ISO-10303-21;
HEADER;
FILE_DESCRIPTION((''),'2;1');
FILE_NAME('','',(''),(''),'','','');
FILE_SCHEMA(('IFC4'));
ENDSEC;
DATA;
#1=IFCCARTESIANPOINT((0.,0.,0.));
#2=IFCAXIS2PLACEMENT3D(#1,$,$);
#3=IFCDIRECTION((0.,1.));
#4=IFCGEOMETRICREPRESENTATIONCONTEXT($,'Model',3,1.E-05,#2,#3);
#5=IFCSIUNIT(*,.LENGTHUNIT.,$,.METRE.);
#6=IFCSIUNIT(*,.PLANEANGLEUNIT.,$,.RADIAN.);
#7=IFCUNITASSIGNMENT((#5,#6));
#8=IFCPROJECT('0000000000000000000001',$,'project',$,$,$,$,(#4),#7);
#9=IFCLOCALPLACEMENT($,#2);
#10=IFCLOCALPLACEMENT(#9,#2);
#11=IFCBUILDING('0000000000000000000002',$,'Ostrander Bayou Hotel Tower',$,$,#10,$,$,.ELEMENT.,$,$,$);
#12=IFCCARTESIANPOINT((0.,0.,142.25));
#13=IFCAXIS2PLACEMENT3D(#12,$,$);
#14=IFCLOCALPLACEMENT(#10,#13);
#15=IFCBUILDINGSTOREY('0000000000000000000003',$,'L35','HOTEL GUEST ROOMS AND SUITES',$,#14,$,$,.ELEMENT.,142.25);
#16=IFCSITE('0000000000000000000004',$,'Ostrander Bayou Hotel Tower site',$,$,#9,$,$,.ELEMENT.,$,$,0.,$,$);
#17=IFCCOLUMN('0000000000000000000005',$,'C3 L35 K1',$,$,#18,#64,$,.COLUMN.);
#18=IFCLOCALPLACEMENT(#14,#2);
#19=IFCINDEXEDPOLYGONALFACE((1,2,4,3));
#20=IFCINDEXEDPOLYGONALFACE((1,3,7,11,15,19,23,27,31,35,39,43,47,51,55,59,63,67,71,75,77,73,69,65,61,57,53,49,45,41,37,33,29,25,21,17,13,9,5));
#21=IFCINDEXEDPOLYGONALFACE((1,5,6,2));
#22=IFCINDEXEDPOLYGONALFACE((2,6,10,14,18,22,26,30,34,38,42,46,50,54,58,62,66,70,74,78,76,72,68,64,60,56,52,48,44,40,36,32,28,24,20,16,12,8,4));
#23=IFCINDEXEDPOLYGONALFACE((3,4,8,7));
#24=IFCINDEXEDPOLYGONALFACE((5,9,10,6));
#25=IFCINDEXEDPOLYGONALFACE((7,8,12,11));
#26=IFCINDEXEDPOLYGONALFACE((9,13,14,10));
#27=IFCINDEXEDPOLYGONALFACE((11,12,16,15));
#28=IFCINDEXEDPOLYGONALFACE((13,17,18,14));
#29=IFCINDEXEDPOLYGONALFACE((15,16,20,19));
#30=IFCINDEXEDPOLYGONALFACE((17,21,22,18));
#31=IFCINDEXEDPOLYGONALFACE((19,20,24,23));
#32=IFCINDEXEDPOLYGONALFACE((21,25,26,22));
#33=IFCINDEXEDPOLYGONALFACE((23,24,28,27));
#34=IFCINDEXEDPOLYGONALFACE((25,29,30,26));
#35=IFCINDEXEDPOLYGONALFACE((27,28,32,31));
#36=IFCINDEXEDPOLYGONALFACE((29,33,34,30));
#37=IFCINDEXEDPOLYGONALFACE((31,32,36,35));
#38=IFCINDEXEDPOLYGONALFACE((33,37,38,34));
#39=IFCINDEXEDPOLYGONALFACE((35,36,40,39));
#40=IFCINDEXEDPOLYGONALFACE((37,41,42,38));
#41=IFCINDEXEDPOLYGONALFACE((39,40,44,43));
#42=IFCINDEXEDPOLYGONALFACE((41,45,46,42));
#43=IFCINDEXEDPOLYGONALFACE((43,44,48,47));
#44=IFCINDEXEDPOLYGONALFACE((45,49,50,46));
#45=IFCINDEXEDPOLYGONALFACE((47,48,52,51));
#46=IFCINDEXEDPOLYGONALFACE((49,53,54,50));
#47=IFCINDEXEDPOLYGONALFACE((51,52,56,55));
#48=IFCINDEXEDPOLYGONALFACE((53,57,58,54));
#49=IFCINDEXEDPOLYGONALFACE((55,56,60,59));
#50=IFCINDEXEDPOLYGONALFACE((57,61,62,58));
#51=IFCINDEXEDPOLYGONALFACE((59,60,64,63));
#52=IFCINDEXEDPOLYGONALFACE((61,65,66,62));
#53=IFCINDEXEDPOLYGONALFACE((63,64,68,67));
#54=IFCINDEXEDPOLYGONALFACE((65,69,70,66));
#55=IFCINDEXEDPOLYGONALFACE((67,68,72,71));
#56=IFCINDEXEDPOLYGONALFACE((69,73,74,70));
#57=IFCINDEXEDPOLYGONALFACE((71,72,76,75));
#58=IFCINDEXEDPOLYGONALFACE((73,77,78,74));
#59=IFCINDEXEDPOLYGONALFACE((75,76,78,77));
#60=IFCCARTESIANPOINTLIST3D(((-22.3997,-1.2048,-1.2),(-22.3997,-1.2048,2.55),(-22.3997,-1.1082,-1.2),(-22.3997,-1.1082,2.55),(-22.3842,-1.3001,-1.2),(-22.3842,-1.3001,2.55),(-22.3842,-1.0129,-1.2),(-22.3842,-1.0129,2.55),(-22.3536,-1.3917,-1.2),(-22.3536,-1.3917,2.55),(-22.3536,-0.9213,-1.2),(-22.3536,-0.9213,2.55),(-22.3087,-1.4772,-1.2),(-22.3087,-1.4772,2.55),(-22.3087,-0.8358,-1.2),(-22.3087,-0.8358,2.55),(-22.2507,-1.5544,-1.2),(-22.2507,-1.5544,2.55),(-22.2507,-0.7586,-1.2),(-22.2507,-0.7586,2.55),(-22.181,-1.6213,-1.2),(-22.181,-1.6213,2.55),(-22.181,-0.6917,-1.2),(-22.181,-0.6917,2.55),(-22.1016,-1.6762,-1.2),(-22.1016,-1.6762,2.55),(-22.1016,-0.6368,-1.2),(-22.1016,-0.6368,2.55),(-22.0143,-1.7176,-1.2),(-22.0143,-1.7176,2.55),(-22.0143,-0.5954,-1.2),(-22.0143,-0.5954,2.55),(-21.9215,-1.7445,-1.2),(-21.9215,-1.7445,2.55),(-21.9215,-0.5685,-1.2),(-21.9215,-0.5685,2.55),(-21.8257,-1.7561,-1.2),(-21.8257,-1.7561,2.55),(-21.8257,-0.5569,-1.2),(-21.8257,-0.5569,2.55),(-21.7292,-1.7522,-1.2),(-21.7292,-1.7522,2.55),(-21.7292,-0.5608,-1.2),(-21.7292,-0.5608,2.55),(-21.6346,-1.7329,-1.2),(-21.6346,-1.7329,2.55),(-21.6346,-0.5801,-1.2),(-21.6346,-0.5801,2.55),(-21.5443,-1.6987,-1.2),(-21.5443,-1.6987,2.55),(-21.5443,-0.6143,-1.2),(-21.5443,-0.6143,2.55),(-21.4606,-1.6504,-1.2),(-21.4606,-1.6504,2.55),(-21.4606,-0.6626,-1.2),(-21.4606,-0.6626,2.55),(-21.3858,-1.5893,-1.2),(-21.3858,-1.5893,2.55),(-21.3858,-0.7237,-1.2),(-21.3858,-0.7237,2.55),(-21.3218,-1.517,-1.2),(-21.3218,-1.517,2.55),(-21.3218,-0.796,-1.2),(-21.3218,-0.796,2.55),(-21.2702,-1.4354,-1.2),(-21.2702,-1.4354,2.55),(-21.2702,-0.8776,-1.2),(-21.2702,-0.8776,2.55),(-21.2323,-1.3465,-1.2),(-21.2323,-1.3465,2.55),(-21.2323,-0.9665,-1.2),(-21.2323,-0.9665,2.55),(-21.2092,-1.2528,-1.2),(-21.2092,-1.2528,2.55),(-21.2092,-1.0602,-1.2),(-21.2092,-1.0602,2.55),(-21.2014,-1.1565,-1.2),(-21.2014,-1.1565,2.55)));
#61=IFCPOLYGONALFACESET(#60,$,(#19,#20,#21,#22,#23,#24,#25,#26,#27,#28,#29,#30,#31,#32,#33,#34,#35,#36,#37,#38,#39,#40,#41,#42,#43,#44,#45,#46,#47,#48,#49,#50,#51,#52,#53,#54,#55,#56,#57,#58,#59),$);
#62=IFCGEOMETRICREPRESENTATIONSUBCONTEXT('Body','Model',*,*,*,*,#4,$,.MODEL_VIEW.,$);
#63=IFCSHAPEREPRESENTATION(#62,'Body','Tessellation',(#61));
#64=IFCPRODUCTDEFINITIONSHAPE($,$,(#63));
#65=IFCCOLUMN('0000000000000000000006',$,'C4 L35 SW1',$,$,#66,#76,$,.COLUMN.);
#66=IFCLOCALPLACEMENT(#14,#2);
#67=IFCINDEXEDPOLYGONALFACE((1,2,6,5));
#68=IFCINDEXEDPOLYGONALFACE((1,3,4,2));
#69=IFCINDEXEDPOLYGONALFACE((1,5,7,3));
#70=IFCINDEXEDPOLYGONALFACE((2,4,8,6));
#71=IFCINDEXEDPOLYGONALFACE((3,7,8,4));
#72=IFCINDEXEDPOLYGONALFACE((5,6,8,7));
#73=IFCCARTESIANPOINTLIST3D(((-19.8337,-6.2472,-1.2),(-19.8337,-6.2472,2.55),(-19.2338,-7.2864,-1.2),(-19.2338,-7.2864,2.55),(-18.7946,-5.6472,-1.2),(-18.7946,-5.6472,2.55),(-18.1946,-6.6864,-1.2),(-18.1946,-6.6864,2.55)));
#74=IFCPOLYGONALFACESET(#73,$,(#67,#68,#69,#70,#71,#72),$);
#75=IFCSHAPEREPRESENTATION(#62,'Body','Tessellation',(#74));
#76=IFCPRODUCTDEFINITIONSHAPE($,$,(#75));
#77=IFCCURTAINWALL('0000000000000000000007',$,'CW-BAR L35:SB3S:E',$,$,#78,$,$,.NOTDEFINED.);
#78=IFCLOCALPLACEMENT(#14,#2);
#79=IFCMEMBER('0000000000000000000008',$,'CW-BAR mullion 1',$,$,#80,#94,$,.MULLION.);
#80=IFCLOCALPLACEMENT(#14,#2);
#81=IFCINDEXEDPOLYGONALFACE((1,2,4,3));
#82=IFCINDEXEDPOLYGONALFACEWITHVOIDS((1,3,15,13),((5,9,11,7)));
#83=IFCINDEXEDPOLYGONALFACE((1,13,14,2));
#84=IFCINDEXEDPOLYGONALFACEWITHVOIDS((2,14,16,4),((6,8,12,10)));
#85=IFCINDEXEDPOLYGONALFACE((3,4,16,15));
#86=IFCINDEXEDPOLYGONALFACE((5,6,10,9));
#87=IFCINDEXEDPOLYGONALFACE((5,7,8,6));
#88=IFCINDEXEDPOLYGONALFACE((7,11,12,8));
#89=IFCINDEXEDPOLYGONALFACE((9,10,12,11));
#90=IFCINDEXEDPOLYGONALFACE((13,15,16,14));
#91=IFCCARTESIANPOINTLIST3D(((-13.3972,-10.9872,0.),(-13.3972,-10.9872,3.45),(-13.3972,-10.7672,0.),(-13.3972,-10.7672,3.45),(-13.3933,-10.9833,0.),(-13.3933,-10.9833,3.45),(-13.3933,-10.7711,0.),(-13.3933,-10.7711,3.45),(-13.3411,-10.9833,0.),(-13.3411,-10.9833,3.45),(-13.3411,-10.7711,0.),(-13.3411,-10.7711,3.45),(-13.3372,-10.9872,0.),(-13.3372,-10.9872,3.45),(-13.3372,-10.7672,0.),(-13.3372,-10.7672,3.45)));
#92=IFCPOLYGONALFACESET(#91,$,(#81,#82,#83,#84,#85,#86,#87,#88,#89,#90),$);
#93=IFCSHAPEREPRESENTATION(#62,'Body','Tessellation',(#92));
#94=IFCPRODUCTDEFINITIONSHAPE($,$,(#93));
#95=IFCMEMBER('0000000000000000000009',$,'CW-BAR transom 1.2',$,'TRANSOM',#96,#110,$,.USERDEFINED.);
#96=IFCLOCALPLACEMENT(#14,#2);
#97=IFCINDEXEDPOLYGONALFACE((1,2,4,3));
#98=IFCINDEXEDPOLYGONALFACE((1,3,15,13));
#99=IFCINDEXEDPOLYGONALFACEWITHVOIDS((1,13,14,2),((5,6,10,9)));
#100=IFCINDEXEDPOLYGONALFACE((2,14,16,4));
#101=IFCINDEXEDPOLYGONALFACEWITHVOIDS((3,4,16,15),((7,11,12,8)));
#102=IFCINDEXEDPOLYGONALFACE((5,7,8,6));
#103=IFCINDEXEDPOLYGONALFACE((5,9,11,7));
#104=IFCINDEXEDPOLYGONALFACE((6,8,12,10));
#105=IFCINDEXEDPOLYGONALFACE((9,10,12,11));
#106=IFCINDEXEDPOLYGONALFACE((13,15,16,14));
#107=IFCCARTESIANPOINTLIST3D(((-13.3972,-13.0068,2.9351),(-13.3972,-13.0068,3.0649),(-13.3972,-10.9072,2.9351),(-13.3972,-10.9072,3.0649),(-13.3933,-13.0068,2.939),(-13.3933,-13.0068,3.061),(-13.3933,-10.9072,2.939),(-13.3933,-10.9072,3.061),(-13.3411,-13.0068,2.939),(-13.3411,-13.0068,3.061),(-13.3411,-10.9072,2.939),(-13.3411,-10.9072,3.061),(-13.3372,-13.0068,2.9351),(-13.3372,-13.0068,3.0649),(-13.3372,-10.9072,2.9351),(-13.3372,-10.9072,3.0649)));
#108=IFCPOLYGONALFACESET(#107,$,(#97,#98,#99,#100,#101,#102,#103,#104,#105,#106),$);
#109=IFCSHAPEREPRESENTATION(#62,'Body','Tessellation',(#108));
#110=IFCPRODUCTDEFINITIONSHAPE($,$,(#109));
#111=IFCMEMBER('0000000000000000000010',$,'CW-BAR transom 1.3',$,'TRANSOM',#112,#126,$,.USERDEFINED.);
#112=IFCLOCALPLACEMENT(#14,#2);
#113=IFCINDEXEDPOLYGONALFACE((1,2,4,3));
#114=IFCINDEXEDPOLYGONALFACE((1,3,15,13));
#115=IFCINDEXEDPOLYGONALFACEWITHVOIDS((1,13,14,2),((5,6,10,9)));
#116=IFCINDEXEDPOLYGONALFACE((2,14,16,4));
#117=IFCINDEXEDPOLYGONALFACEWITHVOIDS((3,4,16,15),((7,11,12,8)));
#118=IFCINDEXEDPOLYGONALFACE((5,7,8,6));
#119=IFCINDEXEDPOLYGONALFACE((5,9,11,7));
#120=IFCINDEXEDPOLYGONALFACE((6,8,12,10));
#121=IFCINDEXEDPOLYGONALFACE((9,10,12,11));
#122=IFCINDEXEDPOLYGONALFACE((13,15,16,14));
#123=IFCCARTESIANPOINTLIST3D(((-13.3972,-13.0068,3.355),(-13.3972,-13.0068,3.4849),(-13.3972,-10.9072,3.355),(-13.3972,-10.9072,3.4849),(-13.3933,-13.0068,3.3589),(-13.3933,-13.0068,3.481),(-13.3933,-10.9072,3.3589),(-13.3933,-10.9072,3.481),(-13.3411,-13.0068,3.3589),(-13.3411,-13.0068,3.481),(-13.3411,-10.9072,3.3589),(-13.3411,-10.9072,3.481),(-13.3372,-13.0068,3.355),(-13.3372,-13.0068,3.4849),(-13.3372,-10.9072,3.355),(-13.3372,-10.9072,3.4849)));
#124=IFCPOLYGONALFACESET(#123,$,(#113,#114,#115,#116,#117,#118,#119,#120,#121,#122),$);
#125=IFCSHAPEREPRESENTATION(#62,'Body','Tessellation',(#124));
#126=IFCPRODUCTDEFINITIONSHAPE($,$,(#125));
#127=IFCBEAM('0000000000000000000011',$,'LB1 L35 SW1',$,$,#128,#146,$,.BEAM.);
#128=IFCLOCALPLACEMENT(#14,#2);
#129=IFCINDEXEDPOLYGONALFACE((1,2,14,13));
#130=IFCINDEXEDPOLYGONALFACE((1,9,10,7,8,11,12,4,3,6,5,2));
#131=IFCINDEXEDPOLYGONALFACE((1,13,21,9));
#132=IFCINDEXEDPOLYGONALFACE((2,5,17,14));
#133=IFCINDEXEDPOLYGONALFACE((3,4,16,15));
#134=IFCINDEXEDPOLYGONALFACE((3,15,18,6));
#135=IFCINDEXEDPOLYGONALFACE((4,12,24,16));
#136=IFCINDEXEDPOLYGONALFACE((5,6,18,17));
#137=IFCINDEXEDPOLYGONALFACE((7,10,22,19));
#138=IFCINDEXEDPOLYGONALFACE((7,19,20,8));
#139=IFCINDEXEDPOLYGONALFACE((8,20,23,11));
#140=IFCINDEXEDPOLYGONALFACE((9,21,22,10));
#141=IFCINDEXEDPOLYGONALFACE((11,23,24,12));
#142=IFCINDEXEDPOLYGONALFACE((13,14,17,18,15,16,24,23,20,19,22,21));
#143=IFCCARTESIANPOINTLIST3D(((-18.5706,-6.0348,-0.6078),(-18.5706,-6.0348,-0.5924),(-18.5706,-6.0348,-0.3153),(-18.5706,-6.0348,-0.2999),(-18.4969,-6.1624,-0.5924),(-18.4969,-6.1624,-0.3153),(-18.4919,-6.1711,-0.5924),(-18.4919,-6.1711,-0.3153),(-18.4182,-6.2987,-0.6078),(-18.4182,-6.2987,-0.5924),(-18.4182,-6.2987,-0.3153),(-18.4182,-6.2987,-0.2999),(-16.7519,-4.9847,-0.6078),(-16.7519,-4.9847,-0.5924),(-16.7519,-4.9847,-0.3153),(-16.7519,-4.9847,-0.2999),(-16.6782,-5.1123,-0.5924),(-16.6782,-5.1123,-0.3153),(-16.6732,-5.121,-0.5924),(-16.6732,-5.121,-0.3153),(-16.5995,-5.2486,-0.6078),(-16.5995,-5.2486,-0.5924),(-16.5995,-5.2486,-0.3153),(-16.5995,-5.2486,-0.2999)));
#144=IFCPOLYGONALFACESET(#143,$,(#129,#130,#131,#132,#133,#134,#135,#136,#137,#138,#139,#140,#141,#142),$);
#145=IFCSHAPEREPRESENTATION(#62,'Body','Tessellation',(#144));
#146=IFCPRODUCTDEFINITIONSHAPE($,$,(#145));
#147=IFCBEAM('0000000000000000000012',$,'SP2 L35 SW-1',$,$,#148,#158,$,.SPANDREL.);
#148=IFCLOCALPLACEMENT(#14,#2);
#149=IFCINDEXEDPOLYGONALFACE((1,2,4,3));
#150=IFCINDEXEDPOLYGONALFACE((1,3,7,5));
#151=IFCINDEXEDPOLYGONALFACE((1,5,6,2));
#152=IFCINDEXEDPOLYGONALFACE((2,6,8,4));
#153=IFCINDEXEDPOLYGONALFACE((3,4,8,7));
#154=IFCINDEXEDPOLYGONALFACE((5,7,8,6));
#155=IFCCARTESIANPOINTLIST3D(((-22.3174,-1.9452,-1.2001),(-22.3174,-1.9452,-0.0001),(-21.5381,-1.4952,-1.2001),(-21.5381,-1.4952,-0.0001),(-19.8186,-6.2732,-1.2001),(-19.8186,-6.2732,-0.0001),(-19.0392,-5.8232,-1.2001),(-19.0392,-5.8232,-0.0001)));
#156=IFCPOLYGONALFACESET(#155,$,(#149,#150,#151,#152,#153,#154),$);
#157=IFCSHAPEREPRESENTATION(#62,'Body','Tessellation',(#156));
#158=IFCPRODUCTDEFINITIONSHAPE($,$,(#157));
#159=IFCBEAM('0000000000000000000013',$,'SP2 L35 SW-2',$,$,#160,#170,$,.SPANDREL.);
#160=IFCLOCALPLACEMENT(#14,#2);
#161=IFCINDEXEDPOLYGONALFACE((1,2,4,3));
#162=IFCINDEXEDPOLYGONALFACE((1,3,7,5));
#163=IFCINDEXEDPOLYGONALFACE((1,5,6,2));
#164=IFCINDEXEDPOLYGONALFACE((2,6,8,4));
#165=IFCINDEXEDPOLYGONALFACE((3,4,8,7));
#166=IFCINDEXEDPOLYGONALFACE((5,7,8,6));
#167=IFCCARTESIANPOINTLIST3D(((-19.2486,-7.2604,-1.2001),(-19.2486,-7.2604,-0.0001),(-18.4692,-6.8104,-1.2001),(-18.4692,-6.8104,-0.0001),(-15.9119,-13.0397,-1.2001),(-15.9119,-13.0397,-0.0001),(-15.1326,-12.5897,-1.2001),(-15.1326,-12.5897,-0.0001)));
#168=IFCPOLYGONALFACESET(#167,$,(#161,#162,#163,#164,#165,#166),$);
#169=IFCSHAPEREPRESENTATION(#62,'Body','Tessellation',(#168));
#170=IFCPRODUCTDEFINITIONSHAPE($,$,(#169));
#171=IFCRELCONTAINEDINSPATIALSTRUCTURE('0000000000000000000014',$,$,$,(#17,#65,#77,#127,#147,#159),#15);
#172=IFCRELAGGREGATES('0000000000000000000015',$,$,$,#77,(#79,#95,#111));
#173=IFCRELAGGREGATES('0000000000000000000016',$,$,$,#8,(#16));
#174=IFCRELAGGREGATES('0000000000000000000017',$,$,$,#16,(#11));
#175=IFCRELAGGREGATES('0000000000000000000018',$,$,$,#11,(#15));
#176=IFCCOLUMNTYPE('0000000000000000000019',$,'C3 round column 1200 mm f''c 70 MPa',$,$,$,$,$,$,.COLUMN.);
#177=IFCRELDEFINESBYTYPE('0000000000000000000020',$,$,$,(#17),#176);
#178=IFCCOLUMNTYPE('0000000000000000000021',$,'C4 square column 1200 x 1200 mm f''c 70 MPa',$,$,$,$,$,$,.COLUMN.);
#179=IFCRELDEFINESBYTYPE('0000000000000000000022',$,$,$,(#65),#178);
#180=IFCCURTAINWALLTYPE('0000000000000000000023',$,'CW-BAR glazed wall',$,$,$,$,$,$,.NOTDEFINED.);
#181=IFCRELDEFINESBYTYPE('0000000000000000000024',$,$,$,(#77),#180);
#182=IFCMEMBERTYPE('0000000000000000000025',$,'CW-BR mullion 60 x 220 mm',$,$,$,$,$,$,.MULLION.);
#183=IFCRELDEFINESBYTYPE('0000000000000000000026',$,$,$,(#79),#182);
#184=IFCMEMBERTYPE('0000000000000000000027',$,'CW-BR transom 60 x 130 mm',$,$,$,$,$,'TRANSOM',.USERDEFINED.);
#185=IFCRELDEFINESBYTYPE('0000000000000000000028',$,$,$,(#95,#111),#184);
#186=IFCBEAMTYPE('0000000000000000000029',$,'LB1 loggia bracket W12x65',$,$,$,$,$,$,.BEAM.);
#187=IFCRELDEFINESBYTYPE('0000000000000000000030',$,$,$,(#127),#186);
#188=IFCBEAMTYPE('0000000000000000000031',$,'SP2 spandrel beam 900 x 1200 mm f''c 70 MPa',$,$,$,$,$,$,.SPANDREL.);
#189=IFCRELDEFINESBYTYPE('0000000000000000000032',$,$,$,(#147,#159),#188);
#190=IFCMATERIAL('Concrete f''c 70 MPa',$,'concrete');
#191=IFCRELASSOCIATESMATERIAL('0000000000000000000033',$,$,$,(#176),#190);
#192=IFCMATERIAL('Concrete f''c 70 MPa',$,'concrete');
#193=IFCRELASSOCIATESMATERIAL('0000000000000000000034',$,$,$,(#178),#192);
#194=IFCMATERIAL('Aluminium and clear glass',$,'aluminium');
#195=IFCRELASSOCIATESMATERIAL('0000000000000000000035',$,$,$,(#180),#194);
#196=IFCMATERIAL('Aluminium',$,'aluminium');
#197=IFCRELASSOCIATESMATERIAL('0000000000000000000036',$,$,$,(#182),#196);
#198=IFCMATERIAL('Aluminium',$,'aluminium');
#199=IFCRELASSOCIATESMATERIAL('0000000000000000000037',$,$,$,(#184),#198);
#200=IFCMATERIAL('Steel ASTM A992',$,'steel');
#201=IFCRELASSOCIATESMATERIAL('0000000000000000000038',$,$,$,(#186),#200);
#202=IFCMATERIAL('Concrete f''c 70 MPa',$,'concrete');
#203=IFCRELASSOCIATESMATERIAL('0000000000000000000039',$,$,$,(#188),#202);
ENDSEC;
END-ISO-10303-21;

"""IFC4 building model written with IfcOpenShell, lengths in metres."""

from ifc_helpers import new_model, si_unit, direction, frame, origin, origin_2d, place, context, subcontext, project, spatial, rectangle, hollow_rectangle, circle, i_section, extrude, material, material_profile, profile_set, type_object, element, aggregate, save


model = new_model("IFC4")

# Units and contexts
model_context = context("Model", 3, precision=1e-05, world=origin(), true_north=direction((0.0, 1.0)))
body_context = subcontext(model_context, "Body", "Model", "MODEL_VIEW")
ifc_project = project(units=[si_unit("LENGTHUNIT", "METRE"), si_unit("PLANEANGLEUNIT", "RADIAN")], contexts=[model_context])

# Site, building, storey
site_placement = place(None, origin())
site = spatial("IfcSite", under=ifc_project, at=site_placement, Name="Ostrander Bayou Hotel Tower site", CompositionType="ELEMENT", RefElevation=0.0)
building_placement = place(site_placement, origin())
building = spatial("IfcBuilding", under=site, at=building_placement, Name="Ostrander Bayou Hotel Tower", CompositionType="ELEMENT")
storey_placement = place(building_placement, frame((0.0, 0.0, 142.25)))
storey = spatial("IfcBuildingStorey", under=building, at=storey_placement, Name="L35", Description="HOTEL GUEST ROOMS AND SUITES", CompositionType="ELEMENT", Elevation=142.25)

# Columns
ifc_material_1 = material(Name="Concrete f'c 70 MPa", Category="concrete")
ifc_material_profile_1 = material_profile(ifc_material_1, circle(Radius=0.6001, at=origin_2d()))
ifc_profile_set_1 = profile_set([ifc_material_profile_1], Name="Concrete f'c 70 MPa")
column_type_1 = type_object("IfcColumnType", Name="C3 round column 1200 mm f'c 70 MPa", PredefinedType="COLUMN", material=ifc_profile_set_1)
column_1_placement = place(storey_placement, frame((-21.8015, -1.1565, -1.2), z_axis=(0.0, 0.0, 1.0), x_axis=(1.0, 0.0, 0.0)))
element("IfcColumn", 1, at=column_1_placement, inside=storey, type_object=column_type_1, Name="C3 L35 K1", PredefinedType="COLUMN", context=body_context, shape_type="SweptSolid", body=[
    extrude(circle(Radius=0.6001, at=origin_2d()), origin(), (0.0, 0.0, 1.0), 3.75),
])
ifc_material_2 = material(Name="Concrete f'c 70 MPa", Category="concrete")
ifc_material_profile_2 = material_profile(ifc_material_2, rectangle(XDim=1.2, YDim=1.2, at=origin_2d()))
ifc_profile_set_2 = profile_set([ifc_material_profile_2], Name="Concrete f'c 70 MPa")
column_type_2 = type_object("IfcColumnType", Name="C4 square column 1200 x 1200 mm f'c 70 MPa", PredefinedType="COLUMN", material=ifc_profile_set_2)
column_2_placement = place(storey_placement, frame((-19.0142, -6.4668, -1.2), z_axis=(0.0, 0.0, 1.0), x_axis=(-0.5, 0.866025, 0.0)))
element("IfcColumn", 2, at=column_2_placement, inside=storey, type_object=column_type_2, Name="C4 L35 SW1", PredefinedType="COLUMN", context=body_context, shape_type="SweptSolid", body=[
    extrude(rectangle(XDim=1.2, YDim=1.2, at=origin_2d()), origin(), (0.0, 0.0, 1.0), 3.75),
])

# Curtain wall, members
ifc_material_3 = material(Name="Aluminium and clear glass", Category="aluminium")
curtain_wall_type = type_object("IfcCurtainWallType", Name="CW-BAR glazed wall", PredefinedType="NOTDEFINED", material=ifc_material_3)
curtain_wall_placement = place(storey_placement, origin())
curtain_wall = element("IfcCurtainWall", 3, at=curtain_wall_placement, inside=storey, type_object=curtain_wall_type, Name="CW-BAR L35:SB3S:E", PredefinedType="NOTDEFINED")
ifc_material_4 = material(Name="Aluminium", Category="aluminium")
ifc_material_profile_3 = material_profile(ifc_material_4, hollow_rectangle(XDim=0.0601, YDim=0.22, WallThickness=0.0039, at=origin_2d()))
ifc_profile_set_3 = profile_set([ifc_material_profile_3], Name="Aluminium")
member_type_1 = type_object("IfcMemberType", Name="CW-BR mullion 60 x 220 mm", PredefinedType="MULLION", material=ifc_profile_set_3)
member_1_placement = place(storey_placement, frame((-13.3672, -10.8772, 0.0), z_axis=(0.0, 0.0, 1.0), x_axis=(1.0, 0.0, 0.0)))
member_1 = element("IfcMember", 4, at=member_1_placement, type_object=member_type_1, Name="CW-BAR mullion 1", PredefinedType="MULLION", context=body_context, shape_type="SweptSolid", body=[
    extrude(hollow_rectangle(XDim=0.0601, YDim=0.22, WallThickness=0.0039, at=origin_2d()), origin(), (0.0, 0.0, 1.0), 3.45),
])
ifc_material_5 = material(Name="Aluminium", Category="aluminium")
ifc_material_profile_4 = material_profile(ifc_material_5, hollow_rectangle(XDim=0.0601, YDim=0.1299, WallThickness=0.0039, at=origin_2d()))
ifc_profile_set_4 = profile_set([ifc_material_profile_4], Name="Aluminium")
member_type_2 = type_object("IfcMemberType", Name="CW-BR transom 60 x 130 mm", ElementType="TRANSOM", PredefinedType="USERDEFINED", material=ifc_profile_set_4)
member_2_placement = place(storey_placement, frame((-13.3672, -10.9072, 3.0), z_axis=(0.0, -1.0, 0.0), x_axis=(1.0, 0.0, 0.0)))
member_2 = element("IfcMember", 5, at=member_2_placement, type_object=member_type_2, Name="CW-BAR transom 1.2", ObjectType="TRANSOM", PredefinedType="USERDEFINED", context=body_context, shape_type="SweptSolid", body=[
    extrude(hollow_rectangle(XDim=0.0601, YDim=0.1299, WallThickness=0.0039, at=origin_2d()), origin(), (0.0, 0.0, 1.0), 2.0996),
])
member_3_placement = place(storey_placement, frame((-13.3672, -10.9072, 3.4199), z_axis=(0.0, -1.0, 0.0), x_axis=(1.0, 0.0, 0.0)))
member_3 = element("IfcMember", 6, at=member_3_placement, type_object=member_type_2, Name="CW-BAR transom 1.3", ObjectType="TRANSOM", PredefinedType="USERDEFINED", context=body_context, shape_type="SweptSolid", body=[
    extrude(hollow_rectangle(XDim=0.0601, YDim=0.1299, WallThickness=0.0039, at=origin_2d()), origin(), (0.0, 0.0, 1.0), 2.0996),
])
aggregate(curtain_wall, [member_1, member_2, member_3])

# Beams
ifc_material_6 = material(Name="Steel ASTM A992", Category="steel")
ifc_material_profile_5 = material_profile(ifc_material_6, i_section(OverallWidth=0.3047, OverallDepth=0.3079, WebThickness=0.01, FlangeThickness=0.0154, at=origin_2d()))
ifc_profile_set_5 = profile_set([ifc_material_profile_5], Name="Steel ASTM A992")
beam_type_1 = type_object("IfcBeamType", Name="LB1 loggia bracket W12x65", PredefinedType="BEAM", material=ifc_profile_set_5)
beam_1_placement = place(storey_placement, frame((-18.4944, -6.1667, -0.4539), z_axis=(0.866009, 0.500028, 0.0), x_axis=(-0.500028, 0.866009, 0.0)))
element("IfcBeam", 7, at=beam_1_placement, inside=storey, type_object=beam_type_1, Name="LB1 L35 SW1", PredefinedType="BEAM", context=body_context, shape_type="SweptSolid", body=[
    extrude(i_section(OverallWidth=0.3047, OverallDepth=0.3079, WebThickness=0.01, FlangeThickness=0.0154, at=origin_2d()), origin(), (0.0, 0.0, 1.0), 2.1001),
])
ifc_material_7 = material(Name="Concrete f'c 70 MPa", Category="concrete")
ifc_material_profile_6 = material_profile(ifc_material_7, rectangle(XDim=0.8999, YDim=1.2, at=origin_2d()))
ifc_profile_set_6 = profile_set([ifc_material_profile_6], Name="Concrete f'c 70 MPa")
beam_type_2 = type_object("IfcBeamType", Name="SP2 spandrel beam 900 x 1200 mm f'c 70 MPa", PredefinedType="SPANDREL", material=ifc_profile_set_6)
beam_2_placement = place(storey_placement, frame((-21.9277, -1.7202, -0.6001), z_axis=(0.500011, -0.866019, 0.0), x_axis=(0.866019, 0.500011, 0.0)))
element("IfcBeam", 8, at=beam_2_placement, inside=storey, type_object=beam_type_2, Name="SP2 L35 SW-1", PredefinedType="SPANDREL", context=body_context, shape_type="SweptSolid", body=[
    extrude(rectangle(XDim=0.8999, YDim=1.2, at=origin_2d()), origin(), (0.0, 0.0, 1.0), 4.9976),
])
beam_3_placement = place(storey_placement, frame((-18.8589, -7.0354, -0.6001), z_axis=(0.499999, -0.866026, 0.0), x_axis=(0.866026, 0.499999, 0.0)))
element("IfcBeam", 9, at=beam_3_placement, inside=storey, type_object=beam_type_2, Name="SP2 L35 SW-2", PredefinedType="SPANDREL", context=body_context, shape_type="SweptSolid", body=[
    extrude(rectangle(XDim=0.8999, YDim=1.2, at=origin_2d()), origin(), (0.0, 0.0, 1.0), 6.6733),
])

save(model, "model.ifc")
